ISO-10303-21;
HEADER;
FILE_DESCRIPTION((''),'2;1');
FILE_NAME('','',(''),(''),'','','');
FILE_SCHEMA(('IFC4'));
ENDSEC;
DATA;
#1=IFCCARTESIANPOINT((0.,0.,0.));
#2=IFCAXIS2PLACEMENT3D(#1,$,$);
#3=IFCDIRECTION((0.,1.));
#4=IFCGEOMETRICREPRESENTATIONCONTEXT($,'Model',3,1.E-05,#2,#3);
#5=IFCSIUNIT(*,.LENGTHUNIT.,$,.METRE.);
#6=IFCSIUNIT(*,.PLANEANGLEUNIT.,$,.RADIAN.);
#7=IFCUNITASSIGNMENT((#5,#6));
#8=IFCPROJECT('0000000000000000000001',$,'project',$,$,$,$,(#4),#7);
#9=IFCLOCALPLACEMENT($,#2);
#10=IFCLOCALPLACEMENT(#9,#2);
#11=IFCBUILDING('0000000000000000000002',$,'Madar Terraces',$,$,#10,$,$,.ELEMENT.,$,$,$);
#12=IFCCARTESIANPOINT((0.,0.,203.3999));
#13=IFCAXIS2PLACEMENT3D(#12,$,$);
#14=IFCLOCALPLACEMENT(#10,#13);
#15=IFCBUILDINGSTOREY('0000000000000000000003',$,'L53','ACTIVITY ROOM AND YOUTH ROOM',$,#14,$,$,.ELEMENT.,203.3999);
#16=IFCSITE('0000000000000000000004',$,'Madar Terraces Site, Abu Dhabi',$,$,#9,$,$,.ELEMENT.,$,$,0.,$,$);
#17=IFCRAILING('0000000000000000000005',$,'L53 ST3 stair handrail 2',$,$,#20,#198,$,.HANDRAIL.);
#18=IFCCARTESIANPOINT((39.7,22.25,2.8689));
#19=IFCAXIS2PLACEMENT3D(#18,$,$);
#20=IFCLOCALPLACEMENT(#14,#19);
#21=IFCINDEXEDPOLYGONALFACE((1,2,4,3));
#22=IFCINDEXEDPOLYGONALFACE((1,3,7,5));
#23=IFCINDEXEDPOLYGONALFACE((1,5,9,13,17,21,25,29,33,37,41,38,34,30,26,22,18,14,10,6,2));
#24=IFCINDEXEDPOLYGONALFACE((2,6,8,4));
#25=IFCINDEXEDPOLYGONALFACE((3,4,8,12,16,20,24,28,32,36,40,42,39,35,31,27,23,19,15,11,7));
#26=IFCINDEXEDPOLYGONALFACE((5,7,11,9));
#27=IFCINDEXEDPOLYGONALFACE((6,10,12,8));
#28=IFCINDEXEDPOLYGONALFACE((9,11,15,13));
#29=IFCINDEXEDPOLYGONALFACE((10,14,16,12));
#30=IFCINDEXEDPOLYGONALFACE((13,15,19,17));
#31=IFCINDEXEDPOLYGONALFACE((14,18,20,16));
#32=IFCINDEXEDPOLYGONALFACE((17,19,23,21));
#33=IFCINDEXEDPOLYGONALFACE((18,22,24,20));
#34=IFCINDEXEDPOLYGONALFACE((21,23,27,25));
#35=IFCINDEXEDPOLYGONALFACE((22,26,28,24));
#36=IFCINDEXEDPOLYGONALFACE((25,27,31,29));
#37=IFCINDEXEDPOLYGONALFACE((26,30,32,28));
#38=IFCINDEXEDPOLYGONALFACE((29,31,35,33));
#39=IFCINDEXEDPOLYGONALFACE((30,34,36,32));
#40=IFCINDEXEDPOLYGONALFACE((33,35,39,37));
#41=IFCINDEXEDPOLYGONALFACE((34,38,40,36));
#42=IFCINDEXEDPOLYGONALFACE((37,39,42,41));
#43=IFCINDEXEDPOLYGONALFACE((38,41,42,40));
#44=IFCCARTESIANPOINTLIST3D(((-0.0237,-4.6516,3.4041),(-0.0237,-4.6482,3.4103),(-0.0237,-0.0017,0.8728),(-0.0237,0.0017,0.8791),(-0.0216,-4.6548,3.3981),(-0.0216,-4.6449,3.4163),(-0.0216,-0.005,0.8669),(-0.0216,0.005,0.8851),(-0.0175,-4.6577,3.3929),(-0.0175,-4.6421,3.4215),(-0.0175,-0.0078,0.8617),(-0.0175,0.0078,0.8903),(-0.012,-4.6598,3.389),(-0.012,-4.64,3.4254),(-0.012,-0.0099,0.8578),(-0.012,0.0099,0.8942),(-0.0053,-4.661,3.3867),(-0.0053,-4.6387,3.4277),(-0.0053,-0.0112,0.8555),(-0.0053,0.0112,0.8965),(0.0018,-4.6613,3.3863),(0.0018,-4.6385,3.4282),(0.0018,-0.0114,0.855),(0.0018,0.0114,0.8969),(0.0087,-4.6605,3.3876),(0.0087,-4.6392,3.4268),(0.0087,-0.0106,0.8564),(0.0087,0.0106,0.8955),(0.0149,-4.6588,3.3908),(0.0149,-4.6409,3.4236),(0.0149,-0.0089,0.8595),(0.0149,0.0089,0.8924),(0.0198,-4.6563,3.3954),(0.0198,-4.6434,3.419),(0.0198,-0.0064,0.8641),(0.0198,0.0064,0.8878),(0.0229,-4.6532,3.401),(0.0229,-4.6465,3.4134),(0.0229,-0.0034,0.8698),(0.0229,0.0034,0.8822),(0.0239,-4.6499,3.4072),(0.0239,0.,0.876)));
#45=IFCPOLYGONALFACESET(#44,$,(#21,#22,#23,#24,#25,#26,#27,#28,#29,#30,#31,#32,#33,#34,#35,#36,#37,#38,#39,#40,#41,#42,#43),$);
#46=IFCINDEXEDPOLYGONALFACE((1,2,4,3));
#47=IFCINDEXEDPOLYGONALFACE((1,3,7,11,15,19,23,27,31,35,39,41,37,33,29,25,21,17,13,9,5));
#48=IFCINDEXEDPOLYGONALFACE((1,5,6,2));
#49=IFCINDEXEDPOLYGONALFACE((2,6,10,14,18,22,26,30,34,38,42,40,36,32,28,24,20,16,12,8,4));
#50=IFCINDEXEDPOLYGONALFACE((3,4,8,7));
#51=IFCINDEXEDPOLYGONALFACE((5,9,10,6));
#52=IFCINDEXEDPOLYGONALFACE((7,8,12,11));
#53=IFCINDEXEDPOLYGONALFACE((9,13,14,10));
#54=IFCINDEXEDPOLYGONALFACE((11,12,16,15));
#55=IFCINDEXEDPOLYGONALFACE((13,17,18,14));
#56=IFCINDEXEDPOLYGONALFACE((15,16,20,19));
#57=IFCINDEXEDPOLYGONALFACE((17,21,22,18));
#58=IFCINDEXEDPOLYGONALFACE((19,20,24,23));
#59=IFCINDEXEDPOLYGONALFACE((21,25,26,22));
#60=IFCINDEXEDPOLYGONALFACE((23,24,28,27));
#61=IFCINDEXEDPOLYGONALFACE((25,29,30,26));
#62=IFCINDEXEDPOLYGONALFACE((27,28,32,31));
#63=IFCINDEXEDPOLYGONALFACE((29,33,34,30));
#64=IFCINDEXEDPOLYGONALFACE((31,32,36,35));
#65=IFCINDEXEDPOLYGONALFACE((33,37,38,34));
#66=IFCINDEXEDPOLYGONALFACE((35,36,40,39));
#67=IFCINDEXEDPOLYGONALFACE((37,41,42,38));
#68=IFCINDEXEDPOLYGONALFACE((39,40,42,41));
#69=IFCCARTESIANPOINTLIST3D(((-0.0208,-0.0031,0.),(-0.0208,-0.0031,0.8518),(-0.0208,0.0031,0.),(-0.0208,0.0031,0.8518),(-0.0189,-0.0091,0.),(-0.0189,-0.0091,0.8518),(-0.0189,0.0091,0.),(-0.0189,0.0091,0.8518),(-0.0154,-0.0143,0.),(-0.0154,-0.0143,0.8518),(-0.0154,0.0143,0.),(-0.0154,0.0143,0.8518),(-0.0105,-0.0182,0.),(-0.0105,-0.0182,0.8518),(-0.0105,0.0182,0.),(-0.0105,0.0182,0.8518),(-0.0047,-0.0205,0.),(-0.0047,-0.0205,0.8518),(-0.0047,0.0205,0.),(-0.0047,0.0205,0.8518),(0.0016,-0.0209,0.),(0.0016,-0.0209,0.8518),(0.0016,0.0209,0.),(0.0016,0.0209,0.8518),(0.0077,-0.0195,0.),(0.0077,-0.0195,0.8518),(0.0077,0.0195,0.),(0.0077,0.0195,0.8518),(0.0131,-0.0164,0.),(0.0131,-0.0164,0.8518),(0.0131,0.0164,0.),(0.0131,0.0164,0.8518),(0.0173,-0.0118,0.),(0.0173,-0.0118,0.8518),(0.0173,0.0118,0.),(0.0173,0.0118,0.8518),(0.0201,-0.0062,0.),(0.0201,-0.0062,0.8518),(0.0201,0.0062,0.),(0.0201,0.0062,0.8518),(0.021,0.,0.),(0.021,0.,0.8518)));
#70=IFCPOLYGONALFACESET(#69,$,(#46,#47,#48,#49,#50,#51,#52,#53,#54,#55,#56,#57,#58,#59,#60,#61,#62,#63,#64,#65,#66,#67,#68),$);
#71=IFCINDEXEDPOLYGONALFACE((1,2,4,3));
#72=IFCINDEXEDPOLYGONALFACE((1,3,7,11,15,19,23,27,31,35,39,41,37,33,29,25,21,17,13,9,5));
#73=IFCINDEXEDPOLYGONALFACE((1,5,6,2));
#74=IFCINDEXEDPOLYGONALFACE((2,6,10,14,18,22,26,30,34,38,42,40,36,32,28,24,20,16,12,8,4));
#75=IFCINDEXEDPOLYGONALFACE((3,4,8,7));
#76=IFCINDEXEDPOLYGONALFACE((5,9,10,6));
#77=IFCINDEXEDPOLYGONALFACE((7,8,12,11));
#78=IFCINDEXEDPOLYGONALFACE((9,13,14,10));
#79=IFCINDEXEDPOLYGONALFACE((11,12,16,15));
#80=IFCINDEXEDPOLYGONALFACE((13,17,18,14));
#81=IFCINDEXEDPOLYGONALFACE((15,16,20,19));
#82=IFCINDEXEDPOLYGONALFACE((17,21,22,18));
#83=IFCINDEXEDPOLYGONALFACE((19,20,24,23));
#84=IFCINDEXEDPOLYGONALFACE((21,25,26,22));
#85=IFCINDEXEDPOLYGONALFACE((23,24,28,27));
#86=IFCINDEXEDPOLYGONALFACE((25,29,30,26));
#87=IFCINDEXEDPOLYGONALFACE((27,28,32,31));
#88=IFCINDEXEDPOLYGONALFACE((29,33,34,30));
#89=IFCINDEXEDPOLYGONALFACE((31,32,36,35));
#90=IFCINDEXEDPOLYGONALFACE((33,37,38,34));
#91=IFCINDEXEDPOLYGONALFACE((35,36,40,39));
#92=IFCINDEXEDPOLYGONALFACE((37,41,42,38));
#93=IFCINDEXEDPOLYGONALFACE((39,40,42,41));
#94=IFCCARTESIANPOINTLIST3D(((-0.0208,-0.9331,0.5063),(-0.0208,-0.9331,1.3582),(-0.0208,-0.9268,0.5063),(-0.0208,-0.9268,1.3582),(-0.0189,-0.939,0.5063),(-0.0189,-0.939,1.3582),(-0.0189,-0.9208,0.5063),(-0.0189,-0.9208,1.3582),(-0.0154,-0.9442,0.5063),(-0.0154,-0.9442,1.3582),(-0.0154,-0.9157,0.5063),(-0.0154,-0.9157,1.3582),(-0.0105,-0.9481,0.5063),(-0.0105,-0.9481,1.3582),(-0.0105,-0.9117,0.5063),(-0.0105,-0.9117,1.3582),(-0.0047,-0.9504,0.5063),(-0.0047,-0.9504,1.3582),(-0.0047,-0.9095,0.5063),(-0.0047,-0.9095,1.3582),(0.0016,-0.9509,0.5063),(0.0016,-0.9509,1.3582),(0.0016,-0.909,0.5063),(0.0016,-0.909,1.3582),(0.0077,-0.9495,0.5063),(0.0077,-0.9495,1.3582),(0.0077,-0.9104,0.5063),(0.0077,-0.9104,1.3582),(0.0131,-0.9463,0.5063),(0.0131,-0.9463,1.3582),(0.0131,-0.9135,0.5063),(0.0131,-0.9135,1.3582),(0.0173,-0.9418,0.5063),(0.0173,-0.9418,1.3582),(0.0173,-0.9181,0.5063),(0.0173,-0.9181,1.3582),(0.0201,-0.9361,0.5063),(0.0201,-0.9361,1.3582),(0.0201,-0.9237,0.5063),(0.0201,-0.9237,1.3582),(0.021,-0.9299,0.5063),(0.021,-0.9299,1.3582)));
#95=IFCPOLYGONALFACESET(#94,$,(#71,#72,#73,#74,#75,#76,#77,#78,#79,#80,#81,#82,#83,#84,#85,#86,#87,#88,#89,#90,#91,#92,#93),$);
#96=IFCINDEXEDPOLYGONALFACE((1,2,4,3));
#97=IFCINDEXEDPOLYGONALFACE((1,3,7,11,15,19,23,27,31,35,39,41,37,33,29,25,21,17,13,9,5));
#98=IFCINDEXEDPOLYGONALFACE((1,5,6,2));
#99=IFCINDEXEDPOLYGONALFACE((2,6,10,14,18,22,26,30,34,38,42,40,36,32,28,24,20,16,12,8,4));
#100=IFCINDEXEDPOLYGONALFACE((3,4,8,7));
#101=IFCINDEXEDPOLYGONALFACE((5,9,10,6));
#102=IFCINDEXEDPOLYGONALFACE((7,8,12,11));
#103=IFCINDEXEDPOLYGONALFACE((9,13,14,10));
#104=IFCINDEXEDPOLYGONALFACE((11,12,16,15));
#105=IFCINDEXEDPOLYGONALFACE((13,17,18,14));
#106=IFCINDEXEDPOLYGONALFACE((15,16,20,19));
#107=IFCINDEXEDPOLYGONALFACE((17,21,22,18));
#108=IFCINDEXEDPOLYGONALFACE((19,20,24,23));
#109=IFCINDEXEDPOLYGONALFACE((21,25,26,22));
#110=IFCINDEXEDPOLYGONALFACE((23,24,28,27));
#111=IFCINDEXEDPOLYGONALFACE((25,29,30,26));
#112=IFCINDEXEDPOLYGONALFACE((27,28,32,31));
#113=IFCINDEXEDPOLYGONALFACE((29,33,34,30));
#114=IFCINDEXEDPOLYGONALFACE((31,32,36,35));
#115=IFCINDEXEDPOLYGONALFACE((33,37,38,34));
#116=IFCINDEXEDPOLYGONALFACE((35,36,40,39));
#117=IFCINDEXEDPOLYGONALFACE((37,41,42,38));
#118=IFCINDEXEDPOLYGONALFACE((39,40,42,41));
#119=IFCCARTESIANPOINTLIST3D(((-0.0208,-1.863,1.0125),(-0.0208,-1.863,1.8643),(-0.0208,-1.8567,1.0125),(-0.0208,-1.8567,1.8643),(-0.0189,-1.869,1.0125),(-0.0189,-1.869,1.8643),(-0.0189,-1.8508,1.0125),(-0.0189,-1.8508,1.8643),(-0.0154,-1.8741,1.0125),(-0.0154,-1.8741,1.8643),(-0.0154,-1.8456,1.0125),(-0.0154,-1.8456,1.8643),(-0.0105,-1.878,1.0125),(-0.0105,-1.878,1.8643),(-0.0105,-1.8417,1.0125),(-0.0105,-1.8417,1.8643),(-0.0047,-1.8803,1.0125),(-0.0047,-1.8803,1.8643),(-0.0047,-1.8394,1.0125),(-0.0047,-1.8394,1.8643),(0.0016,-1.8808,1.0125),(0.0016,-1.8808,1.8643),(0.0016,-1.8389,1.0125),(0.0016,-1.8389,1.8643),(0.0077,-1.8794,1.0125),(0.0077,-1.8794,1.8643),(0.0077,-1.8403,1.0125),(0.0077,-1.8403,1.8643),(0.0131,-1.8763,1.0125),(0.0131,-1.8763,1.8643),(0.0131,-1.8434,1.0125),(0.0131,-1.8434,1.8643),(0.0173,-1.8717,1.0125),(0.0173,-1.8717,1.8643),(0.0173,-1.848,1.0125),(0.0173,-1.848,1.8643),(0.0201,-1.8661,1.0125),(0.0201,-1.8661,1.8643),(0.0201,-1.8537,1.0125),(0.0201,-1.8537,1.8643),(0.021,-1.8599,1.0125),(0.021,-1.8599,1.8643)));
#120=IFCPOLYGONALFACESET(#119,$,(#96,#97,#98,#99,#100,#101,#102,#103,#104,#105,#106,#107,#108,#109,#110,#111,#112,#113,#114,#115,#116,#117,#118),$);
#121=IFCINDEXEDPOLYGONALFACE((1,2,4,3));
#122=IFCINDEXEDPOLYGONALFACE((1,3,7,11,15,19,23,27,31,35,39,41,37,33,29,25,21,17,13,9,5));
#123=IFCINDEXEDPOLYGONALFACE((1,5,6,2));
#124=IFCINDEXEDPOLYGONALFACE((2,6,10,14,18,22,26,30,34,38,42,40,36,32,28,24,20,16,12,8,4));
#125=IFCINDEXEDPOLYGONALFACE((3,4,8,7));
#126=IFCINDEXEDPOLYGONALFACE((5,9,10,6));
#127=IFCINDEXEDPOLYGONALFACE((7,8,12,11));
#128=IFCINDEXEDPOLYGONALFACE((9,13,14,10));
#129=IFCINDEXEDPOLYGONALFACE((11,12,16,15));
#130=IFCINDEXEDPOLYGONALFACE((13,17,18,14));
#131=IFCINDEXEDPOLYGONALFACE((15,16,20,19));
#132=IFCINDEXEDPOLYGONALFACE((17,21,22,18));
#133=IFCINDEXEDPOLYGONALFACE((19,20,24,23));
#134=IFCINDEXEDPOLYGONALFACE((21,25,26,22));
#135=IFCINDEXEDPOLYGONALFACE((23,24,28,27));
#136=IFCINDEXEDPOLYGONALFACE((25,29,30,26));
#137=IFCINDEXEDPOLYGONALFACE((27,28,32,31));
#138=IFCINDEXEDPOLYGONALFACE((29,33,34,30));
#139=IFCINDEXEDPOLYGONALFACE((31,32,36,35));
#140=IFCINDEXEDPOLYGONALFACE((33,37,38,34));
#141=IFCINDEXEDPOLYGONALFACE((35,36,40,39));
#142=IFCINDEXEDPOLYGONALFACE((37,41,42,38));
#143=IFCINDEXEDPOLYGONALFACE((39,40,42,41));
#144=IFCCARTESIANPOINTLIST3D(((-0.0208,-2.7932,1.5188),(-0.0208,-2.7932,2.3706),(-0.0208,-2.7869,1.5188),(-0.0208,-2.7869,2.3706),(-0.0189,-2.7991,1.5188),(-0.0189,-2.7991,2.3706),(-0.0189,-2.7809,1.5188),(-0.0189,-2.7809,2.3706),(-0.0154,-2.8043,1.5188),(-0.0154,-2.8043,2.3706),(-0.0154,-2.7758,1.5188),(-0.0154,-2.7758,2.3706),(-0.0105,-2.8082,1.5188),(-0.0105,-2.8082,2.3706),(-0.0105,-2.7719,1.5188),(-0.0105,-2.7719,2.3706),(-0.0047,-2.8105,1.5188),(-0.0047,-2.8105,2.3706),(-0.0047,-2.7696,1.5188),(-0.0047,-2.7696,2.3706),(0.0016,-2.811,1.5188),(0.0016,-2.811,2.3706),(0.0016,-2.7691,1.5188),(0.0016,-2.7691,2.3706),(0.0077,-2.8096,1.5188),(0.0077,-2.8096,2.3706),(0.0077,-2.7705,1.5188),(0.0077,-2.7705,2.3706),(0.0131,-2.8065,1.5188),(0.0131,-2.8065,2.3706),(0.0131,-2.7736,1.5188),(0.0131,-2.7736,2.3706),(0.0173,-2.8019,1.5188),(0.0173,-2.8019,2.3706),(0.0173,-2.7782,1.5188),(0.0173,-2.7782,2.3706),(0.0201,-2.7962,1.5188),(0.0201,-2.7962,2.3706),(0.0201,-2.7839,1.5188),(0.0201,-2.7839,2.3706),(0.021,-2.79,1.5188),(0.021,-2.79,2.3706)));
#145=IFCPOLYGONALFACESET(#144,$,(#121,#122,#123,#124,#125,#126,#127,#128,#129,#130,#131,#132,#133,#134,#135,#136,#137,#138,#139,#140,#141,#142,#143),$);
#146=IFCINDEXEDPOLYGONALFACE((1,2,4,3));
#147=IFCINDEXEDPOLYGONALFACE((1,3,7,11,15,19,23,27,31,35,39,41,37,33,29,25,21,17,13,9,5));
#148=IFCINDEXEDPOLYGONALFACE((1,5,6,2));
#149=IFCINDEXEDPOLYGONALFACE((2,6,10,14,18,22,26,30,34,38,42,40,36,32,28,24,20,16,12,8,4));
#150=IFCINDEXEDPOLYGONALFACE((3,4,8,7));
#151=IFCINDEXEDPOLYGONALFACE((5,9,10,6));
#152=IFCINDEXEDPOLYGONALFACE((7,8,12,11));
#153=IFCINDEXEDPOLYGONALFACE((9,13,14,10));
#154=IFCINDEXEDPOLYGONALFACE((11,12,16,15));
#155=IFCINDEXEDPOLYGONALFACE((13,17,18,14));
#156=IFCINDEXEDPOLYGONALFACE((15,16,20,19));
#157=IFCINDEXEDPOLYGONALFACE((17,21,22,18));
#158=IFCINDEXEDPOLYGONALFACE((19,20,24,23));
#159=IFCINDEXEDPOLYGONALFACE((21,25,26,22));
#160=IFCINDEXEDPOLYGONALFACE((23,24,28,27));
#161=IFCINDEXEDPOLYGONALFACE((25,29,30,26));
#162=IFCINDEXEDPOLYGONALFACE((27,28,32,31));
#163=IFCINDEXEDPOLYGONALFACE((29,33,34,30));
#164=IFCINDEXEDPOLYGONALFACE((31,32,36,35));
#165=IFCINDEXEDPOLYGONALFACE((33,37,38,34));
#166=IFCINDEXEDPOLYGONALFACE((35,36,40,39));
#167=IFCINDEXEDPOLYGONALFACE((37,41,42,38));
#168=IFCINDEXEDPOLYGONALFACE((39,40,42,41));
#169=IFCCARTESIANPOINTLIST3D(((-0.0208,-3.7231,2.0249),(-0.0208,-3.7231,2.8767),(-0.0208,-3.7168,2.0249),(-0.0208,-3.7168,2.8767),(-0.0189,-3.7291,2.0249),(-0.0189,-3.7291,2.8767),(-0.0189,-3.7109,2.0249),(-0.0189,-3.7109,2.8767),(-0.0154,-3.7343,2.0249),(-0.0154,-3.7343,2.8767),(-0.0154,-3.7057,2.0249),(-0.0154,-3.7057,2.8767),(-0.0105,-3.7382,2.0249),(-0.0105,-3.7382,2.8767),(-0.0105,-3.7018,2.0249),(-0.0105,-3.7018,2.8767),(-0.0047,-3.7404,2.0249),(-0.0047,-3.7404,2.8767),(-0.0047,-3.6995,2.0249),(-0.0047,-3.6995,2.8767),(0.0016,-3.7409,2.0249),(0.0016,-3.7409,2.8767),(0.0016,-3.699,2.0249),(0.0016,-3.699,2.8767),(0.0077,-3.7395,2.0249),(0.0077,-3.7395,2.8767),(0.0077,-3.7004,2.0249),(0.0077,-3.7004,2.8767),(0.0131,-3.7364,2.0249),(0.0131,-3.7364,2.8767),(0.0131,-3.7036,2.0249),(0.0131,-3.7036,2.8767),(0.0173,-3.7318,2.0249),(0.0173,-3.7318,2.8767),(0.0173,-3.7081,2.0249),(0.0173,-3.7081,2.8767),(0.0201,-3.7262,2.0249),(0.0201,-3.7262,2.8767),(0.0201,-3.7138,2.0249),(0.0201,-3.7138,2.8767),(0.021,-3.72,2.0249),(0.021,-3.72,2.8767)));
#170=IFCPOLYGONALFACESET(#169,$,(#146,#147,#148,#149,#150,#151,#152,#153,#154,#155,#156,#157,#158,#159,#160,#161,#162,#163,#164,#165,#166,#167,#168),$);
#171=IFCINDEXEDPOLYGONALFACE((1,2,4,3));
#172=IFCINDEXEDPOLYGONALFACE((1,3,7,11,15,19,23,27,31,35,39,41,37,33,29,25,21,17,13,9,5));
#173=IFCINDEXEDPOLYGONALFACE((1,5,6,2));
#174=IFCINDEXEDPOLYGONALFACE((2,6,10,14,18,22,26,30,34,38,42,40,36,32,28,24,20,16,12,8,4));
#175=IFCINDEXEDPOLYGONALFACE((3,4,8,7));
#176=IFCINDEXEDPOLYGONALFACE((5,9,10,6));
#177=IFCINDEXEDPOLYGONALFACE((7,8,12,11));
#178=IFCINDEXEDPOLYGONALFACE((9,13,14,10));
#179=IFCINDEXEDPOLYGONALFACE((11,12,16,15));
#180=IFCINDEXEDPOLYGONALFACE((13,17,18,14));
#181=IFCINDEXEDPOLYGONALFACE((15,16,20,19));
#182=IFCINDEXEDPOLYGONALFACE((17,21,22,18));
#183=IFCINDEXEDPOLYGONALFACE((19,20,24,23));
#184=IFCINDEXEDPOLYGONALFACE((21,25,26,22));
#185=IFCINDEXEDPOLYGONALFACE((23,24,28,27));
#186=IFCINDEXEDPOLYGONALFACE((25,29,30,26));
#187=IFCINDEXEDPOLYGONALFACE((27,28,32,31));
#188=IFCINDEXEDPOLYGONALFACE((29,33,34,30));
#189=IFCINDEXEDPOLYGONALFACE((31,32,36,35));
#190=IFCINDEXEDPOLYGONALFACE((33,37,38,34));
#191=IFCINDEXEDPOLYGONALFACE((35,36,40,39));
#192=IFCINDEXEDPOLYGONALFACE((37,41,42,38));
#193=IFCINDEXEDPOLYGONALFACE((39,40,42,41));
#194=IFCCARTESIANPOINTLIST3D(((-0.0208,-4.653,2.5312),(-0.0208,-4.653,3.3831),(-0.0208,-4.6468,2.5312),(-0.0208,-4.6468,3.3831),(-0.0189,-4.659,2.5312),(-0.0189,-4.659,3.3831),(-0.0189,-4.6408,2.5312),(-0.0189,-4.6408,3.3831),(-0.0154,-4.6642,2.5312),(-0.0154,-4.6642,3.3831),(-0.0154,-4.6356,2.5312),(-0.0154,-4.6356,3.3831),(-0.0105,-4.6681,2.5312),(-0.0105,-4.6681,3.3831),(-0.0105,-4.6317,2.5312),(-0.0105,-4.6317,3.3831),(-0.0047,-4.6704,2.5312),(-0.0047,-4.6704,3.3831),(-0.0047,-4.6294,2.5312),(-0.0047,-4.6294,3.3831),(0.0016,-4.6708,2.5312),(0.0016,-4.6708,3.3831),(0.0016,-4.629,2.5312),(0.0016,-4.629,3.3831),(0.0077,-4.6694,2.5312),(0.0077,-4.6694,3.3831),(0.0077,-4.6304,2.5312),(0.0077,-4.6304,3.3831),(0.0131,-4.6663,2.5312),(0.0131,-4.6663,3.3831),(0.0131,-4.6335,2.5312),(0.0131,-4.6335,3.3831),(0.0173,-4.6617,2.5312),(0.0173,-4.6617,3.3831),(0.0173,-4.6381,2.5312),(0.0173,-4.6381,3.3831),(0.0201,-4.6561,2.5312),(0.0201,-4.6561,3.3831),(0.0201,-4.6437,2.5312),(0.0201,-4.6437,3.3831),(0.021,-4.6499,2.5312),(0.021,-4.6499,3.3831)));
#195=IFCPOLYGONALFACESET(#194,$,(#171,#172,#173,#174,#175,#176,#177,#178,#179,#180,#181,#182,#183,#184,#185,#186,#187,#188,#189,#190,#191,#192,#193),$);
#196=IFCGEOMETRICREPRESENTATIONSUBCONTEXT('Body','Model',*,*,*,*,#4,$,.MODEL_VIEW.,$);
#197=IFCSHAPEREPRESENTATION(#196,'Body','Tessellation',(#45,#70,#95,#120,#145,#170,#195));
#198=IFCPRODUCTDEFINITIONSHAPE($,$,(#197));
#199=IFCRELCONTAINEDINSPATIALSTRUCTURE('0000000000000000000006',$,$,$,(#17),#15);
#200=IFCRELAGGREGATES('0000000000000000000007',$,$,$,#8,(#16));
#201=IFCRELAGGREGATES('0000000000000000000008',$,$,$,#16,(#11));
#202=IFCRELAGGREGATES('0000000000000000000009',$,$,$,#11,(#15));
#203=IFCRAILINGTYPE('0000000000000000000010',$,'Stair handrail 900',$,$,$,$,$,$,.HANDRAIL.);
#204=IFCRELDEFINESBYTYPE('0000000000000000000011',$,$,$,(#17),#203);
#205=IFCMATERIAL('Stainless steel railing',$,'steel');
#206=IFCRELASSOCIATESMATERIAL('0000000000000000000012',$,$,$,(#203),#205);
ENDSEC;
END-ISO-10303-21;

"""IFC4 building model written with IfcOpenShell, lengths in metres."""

from ifc_helpers import new_model, si_unit, direction, frame, origin, origin_2d, place, context, subcontext, project, spatial, circle, extrude, material, type_object, element, save


model = new_model("IFC4")

# Units and contexts
model_context = context("Model", 3, precision=1e-05, world=origin(), true_north=direction((0.0, 1.0)))
body_context = subcontext(model_context, "Body", "Model", "MODEL_VIEW")
ifc_project = project(units=[si_unit("LENGTHUNIT", "METRE"), si_unit("PLANEANGLEUNIT", "RADIAN")], contexts=[model_context])

# Site, building, storey
site_placement = place(None, origin())
site = spatial("IfcSite", under=ifc_project, at=site_placement, Name="Madar Terraces Site, Abu Dhabi", CompositionType="ELEMENT", RefElevation=0.0)
building_placement = place(site_placement, origin())
building = spatial("IfcBuilding", under=site, at=building_placement, Name="Madar Terraces", CompositionType="ELEMENT")
storey_placement = place(building_placement, frame((0.0, 0.0, 203.3999)))
storey = spatial("IfcBuildingStorey", under=building, at=storey_placement, Name="L53", Description="ACTIVITY ROOM AND YOUTH ROOM", CompositionType="ELEMENT", Elevation=203.3999)

# Railing
ifc_material_1 = material(Name="Stainless steel railing", Category="steel")
railing_type_1 = type_object("IfcRailingType", Name="Stair handrail 900", PredefinedType="HANDRAIL", material=ifc_material_1)
railing_1_placement = place(storey_placement, frame((39.7, 22.25, 2.8689)))
element("IfcRailing", 1, at=railing_1_placement, inside=storey, type_object=railing_type_1, Name="L53 ST3 stair handrail 2", PredefinedType="HANDRAIL", context=body_context, shape_type="SweptSolid", body=[
    extrude(circle(Radius=0.0239, at=origin_2d()), frame((0.0, 0.0, 0.876), z_axis=(0.0, -0.878297, 0.478115), x_axis=(1.0, 0.0, 0.0)), (0.0, 0.0, 1.0), 5.2942),
    extrude(circle(Radius=0.021, at=origin_2d()), origin(), (0.0, 0.0, 1.0), 0.8518),
    extrude(circle(Radius=0.021, at=origin_2d()), frame((0.0, -0.9299, 0.5063)), (0.0, 0.0, 1.0), 0.8518),
    extrude(circle(Radius=0.021, at=origin_2d()), frame((0.0, -1.8599, 1.0125)), (0.0, 0.0, 1.0), 0.8518),
    extrude(circle(Radius=0.021, at=origin_2d()), frame((0.0, -2.79, 1.5188)), (0.0, 0.0, 1.0), 0.8518),
    extrude(circle(Radius=0.021, at=origin_2d()), frame((0.0, -3.72, 2.0249)), (0.0, 0.0, 1.0), 0.8518),
    extrude(circle(Radius=0.021, at=origin_2d()), frame((0.0, -4.6499, 2.5312)), (0.0, 0.0, 1.0), 0.8518),
])

save(model, "model.ifc")
